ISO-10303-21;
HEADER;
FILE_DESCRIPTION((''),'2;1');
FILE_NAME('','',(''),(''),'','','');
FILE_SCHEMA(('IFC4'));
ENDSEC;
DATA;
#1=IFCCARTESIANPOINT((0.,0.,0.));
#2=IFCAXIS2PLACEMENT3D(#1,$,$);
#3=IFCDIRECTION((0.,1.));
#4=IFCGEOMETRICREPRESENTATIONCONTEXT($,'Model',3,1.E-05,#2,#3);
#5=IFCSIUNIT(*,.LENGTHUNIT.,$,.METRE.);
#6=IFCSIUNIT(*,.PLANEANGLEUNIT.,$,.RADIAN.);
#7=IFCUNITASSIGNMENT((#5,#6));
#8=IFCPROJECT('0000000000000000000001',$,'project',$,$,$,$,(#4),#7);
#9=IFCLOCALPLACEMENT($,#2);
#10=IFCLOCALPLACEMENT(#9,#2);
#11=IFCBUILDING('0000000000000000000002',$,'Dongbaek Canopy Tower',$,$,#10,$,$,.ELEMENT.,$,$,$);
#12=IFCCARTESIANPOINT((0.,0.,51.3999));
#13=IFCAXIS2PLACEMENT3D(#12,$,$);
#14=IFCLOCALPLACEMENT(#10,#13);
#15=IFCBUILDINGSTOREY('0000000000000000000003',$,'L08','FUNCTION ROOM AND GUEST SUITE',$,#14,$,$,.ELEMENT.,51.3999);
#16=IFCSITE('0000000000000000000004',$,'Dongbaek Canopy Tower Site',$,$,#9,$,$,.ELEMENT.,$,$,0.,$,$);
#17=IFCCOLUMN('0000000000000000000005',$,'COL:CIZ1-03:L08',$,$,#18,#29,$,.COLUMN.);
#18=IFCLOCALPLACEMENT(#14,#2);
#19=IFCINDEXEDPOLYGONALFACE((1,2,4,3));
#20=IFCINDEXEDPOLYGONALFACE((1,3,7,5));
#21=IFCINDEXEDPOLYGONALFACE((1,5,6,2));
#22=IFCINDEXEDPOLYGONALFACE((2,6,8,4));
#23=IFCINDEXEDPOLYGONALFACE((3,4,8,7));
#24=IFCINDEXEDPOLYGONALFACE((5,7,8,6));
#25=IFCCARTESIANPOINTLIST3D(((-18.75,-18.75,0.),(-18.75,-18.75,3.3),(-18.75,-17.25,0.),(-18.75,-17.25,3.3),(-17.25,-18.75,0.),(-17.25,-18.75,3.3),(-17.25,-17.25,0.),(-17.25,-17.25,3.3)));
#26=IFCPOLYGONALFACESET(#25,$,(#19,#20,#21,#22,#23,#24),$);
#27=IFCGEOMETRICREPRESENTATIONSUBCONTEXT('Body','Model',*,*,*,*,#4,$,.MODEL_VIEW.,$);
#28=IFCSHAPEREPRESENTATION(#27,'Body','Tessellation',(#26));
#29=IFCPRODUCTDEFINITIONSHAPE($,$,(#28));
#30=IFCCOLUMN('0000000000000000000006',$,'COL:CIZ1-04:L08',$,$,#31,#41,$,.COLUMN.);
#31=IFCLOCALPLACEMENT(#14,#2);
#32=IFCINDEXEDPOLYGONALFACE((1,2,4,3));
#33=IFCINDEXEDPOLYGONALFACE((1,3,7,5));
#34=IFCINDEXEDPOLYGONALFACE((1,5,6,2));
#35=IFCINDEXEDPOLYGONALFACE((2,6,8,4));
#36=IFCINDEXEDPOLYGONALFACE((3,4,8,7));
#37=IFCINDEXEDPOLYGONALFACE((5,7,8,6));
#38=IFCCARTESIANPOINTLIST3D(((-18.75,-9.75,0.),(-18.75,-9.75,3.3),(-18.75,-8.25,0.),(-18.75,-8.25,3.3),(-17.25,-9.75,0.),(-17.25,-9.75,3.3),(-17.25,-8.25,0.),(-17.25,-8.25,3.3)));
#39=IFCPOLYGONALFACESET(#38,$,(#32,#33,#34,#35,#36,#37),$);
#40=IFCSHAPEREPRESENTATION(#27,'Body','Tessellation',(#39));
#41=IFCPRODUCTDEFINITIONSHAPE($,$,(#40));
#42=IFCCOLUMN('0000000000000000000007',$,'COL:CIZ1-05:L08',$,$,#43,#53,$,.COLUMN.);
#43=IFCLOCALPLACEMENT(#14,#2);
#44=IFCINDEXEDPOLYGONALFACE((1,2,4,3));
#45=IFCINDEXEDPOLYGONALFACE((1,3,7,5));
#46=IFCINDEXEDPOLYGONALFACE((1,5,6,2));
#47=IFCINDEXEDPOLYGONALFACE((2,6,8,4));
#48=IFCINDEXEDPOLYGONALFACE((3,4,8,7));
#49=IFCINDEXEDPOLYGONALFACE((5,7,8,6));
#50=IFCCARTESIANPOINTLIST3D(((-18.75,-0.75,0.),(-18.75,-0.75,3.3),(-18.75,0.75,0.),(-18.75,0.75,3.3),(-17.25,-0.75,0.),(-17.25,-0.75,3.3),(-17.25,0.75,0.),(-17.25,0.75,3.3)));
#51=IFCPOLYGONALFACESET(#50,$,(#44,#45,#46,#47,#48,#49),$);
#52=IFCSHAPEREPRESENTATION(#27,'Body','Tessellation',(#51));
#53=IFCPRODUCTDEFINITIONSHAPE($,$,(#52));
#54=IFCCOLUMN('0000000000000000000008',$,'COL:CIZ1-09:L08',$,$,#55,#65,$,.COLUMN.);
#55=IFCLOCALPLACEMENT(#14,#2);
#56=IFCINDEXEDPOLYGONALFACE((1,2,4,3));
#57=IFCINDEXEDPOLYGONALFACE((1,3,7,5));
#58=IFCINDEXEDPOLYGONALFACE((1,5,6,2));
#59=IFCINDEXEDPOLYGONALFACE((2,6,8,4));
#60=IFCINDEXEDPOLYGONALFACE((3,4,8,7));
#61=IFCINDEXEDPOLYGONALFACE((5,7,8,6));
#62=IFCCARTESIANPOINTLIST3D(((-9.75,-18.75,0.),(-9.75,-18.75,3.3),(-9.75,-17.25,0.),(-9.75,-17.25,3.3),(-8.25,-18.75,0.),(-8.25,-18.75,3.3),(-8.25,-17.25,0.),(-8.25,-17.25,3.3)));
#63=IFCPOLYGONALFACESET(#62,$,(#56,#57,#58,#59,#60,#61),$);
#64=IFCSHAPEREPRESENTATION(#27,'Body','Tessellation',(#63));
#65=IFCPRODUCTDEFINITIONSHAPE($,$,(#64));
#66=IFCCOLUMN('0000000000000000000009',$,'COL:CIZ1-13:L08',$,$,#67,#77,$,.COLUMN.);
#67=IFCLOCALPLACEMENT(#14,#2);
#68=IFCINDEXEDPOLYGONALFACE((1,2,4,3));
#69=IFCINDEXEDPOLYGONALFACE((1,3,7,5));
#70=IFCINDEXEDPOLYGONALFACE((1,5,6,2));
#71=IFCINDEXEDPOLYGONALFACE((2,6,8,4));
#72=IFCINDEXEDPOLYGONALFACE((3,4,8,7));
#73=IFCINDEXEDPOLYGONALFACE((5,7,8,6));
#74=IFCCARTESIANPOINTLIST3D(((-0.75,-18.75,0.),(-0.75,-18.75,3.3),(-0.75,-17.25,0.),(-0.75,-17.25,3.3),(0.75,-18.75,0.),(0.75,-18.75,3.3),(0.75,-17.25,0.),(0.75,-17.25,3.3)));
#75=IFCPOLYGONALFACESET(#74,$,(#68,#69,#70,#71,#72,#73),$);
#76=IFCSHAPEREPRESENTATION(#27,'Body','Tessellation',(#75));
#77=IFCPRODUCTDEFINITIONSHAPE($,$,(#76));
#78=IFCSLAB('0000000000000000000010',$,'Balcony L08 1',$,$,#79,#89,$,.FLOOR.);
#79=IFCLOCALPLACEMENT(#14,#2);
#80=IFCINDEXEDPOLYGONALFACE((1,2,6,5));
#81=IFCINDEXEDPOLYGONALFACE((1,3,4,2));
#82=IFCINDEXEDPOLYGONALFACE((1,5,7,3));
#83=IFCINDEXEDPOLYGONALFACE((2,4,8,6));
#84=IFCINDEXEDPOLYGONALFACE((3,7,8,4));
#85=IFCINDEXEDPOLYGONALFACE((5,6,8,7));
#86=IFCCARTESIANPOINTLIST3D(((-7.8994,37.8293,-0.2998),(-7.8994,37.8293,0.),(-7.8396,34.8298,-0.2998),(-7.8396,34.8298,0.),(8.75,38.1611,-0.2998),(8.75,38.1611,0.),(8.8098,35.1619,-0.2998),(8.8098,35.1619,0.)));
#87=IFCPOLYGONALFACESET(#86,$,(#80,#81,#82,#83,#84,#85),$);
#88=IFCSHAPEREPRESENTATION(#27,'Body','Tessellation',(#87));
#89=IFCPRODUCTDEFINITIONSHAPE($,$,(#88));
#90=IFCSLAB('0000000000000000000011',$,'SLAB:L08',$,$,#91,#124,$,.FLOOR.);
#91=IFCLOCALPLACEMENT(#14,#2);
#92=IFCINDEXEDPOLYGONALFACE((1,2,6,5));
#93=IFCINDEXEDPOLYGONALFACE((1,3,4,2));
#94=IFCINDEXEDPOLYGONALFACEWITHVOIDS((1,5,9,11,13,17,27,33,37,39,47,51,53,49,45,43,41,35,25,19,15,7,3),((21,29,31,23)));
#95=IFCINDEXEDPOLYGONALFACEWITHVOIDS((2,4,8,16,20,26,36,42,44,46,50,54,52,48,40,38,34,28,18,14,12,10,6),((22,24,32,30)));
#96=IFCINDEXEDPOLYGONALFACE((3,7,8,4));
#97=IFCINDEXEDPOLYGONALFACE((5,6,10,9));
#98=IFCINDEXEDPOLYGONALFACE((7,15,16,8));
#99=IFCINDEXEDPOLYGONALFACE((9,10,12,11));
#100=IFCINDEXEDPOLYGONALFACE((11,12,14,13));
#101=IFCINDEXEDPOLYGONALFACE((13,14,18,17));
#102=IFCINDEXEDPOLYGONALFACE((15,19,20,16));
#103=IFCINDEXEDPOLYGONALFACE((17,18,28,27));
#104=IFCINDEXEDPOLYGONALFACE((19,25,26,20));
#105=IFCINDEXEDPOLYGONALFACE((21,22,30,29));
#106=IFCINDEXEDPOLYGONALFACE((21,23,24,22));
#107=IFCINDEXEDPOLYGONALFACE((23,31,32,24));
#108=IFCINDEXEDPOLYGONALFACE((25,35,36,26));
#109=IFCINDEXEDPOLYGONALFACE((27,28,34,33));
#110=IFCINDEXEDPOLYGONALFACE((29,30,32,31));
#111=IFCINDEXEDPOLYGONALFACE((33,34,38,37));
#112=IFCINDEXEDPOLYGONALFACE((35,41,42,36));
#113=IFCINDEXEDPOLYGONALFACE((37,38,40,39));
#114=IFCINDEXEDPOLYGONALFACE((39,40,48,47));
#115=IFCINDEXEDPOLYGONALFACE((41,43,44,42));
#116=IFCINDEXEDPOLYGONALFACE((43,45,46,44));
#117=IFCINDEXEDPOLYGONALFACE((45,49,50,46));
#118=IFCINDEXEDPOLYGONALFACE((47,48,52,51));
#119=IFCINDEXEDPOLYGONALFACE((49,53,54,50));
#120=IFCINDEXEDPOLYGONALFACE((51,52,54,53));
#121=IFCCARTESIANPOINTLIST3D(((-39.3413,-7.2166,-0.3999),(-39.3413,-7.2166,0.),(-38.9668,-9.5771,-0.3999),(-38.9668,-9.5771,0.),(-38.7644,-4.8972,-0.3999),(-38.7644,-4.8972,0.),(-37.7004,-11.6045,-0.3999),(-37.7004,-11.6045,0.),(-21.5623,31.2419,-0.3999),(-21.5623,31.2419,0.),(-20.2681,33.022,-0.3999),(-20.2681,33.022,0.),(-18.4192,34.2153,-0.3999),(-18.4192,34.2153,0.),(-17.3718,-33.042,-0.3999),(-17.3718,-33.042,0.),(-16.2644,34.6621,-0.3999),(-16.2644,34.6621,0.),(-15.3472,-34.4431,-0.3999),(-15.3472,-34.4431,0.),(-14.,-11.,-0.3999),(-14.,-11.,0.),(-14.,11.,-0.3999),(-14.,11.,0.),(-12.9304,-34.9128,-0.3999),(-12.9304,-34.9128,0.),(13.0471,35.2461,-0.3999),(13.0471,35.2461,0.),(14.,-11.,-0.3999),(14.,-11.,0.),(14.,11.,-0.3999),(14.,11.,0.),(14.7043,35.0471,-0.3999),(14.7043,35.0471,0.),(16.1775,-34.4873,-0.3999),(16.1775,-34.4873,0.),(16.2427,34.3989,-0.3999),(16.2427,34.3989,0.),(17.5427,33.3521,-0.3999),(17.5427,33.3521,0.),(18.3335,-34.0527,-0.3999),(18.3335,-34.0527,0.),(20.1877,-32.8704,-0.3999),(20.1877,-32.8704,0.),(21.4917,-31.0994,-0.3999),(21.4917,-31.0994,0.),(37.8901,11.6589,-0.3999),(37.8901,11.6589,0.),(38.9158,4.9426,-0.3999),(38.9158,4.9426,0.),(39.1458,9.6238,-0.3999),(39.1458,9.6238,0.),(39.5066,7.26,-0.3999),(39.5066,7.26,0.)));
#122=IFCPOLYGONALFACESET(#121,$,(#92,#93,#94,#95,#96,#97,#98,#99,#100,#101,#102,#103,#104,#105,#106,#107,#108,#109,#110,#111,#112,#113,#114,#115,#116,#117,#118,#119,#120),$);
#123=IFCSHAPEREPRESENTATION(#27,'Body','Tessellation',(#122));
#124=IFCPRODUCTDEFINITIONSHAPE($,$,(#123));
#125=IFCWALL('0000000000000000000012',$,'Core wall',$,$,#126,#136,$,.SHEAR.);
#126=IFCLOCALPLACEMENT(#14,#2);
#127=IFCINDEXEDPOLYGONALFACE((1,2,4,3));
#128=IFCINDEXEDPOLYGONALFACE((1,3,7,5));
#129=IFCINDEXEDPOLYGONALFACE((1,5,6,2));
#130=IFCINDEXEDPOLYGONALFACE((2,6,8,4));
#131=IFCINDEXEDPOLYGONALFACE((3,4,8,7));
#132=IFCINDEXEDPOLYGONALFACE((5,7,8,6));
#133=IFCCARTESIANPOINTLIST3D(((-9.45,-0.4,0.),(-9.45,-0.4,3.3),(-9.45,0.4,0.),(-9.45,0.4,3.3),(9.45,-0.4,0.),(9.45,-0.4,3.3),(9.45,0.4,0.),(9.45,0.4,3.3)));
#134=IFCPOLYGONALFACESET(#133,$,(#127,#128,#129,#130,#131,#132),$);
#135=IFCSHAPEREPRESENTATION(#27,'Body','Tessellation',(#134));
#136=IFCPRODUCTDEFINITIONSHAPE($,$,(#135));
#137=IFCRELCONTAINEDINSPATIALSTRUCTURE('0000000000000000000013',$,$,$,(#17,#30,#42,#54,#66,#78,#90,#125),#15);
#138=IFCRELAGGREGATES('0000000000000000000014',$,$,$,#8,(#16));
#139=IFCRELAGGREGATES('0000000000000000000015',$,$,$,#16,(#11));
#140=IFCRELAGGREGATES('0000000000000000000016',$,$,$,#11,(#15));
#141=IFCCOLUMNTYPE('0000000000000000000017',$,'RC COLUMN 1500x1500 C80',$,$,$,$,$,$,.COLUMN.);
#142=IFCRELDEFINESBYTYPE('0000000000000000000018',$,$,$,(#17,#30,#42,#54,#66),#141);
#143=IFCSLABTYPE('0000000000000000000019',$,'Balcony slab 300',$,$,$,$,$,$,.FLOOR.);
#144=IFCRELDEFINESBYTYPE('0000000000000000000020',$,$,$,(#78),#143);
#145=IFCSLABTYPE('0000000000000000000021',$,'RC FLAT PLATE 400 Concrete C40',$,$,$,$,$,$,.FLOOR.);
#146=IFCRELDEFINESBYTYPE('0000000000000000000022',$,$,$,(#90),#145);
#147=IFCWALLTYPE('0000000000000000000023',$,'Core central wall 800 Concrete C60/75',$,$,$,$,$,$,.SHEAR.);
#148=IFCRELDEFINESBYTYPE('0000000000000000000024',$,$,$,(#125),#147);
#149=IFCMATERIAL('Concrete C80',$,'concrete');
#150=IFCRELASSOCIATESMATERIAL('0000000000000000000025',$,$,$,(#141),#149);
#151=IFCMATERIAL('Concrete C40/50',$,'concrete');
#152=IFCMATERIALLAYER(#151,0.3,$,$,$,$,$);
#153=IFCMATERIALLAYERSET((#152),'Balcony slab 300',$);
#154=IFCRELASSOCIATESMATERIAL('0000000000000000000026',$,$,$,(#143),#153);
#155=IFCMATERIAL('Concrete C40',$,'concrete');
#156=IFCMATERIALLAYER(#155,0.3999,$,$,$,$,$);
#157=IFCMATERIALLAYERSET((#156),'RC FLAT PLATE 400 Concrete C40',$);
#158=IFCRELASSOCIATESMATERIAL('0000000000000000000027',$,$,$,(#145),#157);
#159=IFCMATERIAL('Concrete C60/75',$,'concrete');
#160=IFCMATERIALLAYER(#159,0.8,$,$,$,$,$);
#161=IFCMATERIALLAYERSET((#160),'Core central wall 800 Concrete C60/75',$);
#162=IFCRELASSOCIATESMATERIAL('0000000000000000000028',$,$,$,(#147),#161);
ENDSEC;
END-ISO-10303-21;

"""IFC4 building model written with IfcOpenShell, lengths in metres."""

from ifc_helpers import new_model, si_unit, direction, frame, frame_2d, origin, origin_2d, place, context, subcontext, project, spatial, polyline, rectangle, outline, extrude, material, layer, layer_set, material_profile, profile_set, type_object, element, save


model = new_model("IFC4")

# Units and contexts
model_context = context("Model", 3, precision=1e-05, world=origin(), true_north=direction((0.0, 1.0)))
body_context = subcontext(model_context, "Body", "Model", "MODEL_VIEW")
ifc_project = project(units=[si_unit("LENGTHUNIT", "METRE"), si_unit("PLANEANGLEUNIT", "RADIAN")], contexts=[model_context])

# Site, building, storey
site_placement = place(None, origin())
site = spatial("IfcSite", under=ifc_project, at=site_placement, Name="Dongbaek Canopy Tower Site", CompositionType="ELEMENT", RefElevation=0.0)
building_placement = place(site_placement, origin())
building = spatial("IfcBuilding", under=site, at=building_placement, Name="Dongbaek Canopy Tower", CompositionType="ELEMENT")
storey_placement = place(building_placement, frame((0.0, 0.0, 51.3999)))
storey = spatial("IfcBuildingStorey", under=building, at=storey_placement, Name="L08", Description="FUNCTION ROOM AND GUEST SUITE", CompositionType="ELEMENT", Elevation=51.3999)

# Columns
ifc_material_1 = material(Name="Concrete C80", Category="concrete")
ifc_material_profile = material_profile(ifc_material_1, rectangle(XDim=1.5, YDim=1.5, at=origin_2d()), Name="RC COLUMN 1500x1500 C80")
ifc_profile_set = profile_set([ifc_material_profile], Name="Concrete C80")
column_type = type_object("IfcColumnType", Name="RC COLUMN 1500x1500 C80", PredefinedType="COLUMN", material=ifc_profile_set)
for number, where, z_axis, x_axis, name in (
    (1, (-18.0, -18.0, 0.0), (0.0, 0.0, 1.0), (1.0, 0.0, 0.0), "COL:CIZ1-03:L08"),
    (2, (-18.0, -9.0, 0.0), (0.0, 0.0, 1.0), (1.0, 0.0, 0.0), "COL:CIZ1-04:L08"),
    (3, (-18.0, 0.0, 0.0), (0.0, 0.0, 1.0), (1.0, 0.0, 0.0), "COL:CIZ1-05:L08"),
    (4, (-9.0, -18.0, 0.0), (0.0, 0.0, 1.0), (1.0, 0.0, 0.0), "COL:CIZ1-09:L08"),
    (5, (0.0, -18.0, 0.0), (0.0, 0.0, 1.0), (1.0, 0.0, 0.0), "COL:CIZ1-13:L08"),
):
    element("IfcColumn", number, at=place(storey_placement, frame(where, z_axis=z_axis, x_axis=x_axis)), inside=storey, type_object=column_type, Name=name, PredefinedType="COLUMN", context=body_context, shape_type="SweptSolid", body=[
        extrude(rectangle(XDim=1.5, YDim=1.5, at=origin_2d()), origin(), (0.0, 0.0, 1.0), 3.3),
    ])

# Slabs
ifc_material_2 = material(Name="Concrete C40/50", Category="concrete")
ifc_layer_1 = layer(ifc_material_2, 0.3)
ifc_layer_set_1 = layer_set([ifc_layer_1], Name="Balcony slab 300")
slab_type_1 = type_object("IfcSlabType", Name="Balcony slab 300", PredefinedType="FLOOR", material=ifc_layer_set_1)
slab_1_placement = place(storey_placement, frame((0.0, 0.0, -0.2998)))
element("IfcSlab", 6, at=slab_1_placement, inside=storey, type_object=slab_type_1, Name="Balcony L08 1", PredefinedType="FLOOR", context=body_context, shape_type="SweptSolid", body=[
    extrude(outline(polyline([(8.8098, 35.1619), (-7.8396, 34.8298), (-7.8994, 37.8293), (8.75, 38.1611), (8.8098, 35.1619)])), origin(), (0.0, 0.0, 1.0), 0.2998),
])
ifc_material_3 = material(Name="Concrete C40", Category="concrete")
ifc_layer_2 = layer(ifc_material_3, 0.3999)
ifc_layer_set_2 = layer_set([ifc_layer_2], Name="RC FLAT PLATE 400 Concrete C40")
slab_type_2 = type_object("IfcSlabType", Name="RC FLAT PLATE 400 Concrete C40", PredefinedType="FLOOR", material=ifc_layer_set_2)
slab_2_placement = place(storey_placement, frame((0.0, 0.0, -0.3999)))
element("IfcSlab", 7, at=slab_2_placement, inside=storey, type_object=slab_type_2, Name="SLAB:L08", PredefinedType="FLOOR", context=body_context, shape_type="SweptSolid", body=[
    extrude(outline(polyline([(21.4917, -31.0994), (20.1877, -32.8704), (18.3335, -34.0527), (16.1775, -34.4873), (-12.9304, -34.9128), (-15.3472, -34.4431), (-17.3718, -33.042), (-37.7004, -11.6045), (-38.9668, -9.5771), (-39.3413, -7.2166), (-38.7644, -4.8972), (-21.5623, 31.2419), (-20.2681, 33.022), (-18.4192, 34.2153), (-16.2644, 34.6621), (13.0471, 35.2461), (14.7043, 35.0471), (16.2427, 34.3989), (17.5427, 33.3521), (37.8901, 11.6589), (39.1458, 9.6238), (39.5066, 7.26), (38.9158, 4.9426), (21.4917, -31.0994)]), holes=[polyline([(14.0, 11.0), (-14.0, 11.0), (-14.0, -11.0), (14.0, -11.0), (14.0, 11.0)])]), origin(), (0.0, 0.0, 1.0), 0.3999),
])

# Wall
ifc_material_4 = material(Name="Concrete C60/75", Category="concrete")
ifc_layer_3 = layer(ifc_material_4, 0.8)
ifc_layer_set_3 = layer_set([ifc_layer_3], Name="Core central wall 800 Concrete C60/75")
wall_type_1 = type_object("IfcWallType", Name="Core central wall 800 Concrete C60/75", PredefinedType="SHEAR", material=ifc_layer_set_3)
wall_1_placement = place(storey_placement, frame((-9.45, 0.0, 0.0), z_axis=(0.0, 0.0, 1.0), x_axis=(1.0, 0.0, 0.0)))
element("IfcWall", 8, at=wall_1_placement, inside=storey, type_object=wall_type_1, Name="Core wall", PredefinedType="SHEAR", context=body_context, shape_type="SweptSolid", body=[
    extrude(rectangle(XDim=18.8999, YDim=0.8, at=frame_2d((9.45, 0.0))), origin(), (0.0, 0.0, 1.0), 3.3),
])

save(model, "model.ifc")
